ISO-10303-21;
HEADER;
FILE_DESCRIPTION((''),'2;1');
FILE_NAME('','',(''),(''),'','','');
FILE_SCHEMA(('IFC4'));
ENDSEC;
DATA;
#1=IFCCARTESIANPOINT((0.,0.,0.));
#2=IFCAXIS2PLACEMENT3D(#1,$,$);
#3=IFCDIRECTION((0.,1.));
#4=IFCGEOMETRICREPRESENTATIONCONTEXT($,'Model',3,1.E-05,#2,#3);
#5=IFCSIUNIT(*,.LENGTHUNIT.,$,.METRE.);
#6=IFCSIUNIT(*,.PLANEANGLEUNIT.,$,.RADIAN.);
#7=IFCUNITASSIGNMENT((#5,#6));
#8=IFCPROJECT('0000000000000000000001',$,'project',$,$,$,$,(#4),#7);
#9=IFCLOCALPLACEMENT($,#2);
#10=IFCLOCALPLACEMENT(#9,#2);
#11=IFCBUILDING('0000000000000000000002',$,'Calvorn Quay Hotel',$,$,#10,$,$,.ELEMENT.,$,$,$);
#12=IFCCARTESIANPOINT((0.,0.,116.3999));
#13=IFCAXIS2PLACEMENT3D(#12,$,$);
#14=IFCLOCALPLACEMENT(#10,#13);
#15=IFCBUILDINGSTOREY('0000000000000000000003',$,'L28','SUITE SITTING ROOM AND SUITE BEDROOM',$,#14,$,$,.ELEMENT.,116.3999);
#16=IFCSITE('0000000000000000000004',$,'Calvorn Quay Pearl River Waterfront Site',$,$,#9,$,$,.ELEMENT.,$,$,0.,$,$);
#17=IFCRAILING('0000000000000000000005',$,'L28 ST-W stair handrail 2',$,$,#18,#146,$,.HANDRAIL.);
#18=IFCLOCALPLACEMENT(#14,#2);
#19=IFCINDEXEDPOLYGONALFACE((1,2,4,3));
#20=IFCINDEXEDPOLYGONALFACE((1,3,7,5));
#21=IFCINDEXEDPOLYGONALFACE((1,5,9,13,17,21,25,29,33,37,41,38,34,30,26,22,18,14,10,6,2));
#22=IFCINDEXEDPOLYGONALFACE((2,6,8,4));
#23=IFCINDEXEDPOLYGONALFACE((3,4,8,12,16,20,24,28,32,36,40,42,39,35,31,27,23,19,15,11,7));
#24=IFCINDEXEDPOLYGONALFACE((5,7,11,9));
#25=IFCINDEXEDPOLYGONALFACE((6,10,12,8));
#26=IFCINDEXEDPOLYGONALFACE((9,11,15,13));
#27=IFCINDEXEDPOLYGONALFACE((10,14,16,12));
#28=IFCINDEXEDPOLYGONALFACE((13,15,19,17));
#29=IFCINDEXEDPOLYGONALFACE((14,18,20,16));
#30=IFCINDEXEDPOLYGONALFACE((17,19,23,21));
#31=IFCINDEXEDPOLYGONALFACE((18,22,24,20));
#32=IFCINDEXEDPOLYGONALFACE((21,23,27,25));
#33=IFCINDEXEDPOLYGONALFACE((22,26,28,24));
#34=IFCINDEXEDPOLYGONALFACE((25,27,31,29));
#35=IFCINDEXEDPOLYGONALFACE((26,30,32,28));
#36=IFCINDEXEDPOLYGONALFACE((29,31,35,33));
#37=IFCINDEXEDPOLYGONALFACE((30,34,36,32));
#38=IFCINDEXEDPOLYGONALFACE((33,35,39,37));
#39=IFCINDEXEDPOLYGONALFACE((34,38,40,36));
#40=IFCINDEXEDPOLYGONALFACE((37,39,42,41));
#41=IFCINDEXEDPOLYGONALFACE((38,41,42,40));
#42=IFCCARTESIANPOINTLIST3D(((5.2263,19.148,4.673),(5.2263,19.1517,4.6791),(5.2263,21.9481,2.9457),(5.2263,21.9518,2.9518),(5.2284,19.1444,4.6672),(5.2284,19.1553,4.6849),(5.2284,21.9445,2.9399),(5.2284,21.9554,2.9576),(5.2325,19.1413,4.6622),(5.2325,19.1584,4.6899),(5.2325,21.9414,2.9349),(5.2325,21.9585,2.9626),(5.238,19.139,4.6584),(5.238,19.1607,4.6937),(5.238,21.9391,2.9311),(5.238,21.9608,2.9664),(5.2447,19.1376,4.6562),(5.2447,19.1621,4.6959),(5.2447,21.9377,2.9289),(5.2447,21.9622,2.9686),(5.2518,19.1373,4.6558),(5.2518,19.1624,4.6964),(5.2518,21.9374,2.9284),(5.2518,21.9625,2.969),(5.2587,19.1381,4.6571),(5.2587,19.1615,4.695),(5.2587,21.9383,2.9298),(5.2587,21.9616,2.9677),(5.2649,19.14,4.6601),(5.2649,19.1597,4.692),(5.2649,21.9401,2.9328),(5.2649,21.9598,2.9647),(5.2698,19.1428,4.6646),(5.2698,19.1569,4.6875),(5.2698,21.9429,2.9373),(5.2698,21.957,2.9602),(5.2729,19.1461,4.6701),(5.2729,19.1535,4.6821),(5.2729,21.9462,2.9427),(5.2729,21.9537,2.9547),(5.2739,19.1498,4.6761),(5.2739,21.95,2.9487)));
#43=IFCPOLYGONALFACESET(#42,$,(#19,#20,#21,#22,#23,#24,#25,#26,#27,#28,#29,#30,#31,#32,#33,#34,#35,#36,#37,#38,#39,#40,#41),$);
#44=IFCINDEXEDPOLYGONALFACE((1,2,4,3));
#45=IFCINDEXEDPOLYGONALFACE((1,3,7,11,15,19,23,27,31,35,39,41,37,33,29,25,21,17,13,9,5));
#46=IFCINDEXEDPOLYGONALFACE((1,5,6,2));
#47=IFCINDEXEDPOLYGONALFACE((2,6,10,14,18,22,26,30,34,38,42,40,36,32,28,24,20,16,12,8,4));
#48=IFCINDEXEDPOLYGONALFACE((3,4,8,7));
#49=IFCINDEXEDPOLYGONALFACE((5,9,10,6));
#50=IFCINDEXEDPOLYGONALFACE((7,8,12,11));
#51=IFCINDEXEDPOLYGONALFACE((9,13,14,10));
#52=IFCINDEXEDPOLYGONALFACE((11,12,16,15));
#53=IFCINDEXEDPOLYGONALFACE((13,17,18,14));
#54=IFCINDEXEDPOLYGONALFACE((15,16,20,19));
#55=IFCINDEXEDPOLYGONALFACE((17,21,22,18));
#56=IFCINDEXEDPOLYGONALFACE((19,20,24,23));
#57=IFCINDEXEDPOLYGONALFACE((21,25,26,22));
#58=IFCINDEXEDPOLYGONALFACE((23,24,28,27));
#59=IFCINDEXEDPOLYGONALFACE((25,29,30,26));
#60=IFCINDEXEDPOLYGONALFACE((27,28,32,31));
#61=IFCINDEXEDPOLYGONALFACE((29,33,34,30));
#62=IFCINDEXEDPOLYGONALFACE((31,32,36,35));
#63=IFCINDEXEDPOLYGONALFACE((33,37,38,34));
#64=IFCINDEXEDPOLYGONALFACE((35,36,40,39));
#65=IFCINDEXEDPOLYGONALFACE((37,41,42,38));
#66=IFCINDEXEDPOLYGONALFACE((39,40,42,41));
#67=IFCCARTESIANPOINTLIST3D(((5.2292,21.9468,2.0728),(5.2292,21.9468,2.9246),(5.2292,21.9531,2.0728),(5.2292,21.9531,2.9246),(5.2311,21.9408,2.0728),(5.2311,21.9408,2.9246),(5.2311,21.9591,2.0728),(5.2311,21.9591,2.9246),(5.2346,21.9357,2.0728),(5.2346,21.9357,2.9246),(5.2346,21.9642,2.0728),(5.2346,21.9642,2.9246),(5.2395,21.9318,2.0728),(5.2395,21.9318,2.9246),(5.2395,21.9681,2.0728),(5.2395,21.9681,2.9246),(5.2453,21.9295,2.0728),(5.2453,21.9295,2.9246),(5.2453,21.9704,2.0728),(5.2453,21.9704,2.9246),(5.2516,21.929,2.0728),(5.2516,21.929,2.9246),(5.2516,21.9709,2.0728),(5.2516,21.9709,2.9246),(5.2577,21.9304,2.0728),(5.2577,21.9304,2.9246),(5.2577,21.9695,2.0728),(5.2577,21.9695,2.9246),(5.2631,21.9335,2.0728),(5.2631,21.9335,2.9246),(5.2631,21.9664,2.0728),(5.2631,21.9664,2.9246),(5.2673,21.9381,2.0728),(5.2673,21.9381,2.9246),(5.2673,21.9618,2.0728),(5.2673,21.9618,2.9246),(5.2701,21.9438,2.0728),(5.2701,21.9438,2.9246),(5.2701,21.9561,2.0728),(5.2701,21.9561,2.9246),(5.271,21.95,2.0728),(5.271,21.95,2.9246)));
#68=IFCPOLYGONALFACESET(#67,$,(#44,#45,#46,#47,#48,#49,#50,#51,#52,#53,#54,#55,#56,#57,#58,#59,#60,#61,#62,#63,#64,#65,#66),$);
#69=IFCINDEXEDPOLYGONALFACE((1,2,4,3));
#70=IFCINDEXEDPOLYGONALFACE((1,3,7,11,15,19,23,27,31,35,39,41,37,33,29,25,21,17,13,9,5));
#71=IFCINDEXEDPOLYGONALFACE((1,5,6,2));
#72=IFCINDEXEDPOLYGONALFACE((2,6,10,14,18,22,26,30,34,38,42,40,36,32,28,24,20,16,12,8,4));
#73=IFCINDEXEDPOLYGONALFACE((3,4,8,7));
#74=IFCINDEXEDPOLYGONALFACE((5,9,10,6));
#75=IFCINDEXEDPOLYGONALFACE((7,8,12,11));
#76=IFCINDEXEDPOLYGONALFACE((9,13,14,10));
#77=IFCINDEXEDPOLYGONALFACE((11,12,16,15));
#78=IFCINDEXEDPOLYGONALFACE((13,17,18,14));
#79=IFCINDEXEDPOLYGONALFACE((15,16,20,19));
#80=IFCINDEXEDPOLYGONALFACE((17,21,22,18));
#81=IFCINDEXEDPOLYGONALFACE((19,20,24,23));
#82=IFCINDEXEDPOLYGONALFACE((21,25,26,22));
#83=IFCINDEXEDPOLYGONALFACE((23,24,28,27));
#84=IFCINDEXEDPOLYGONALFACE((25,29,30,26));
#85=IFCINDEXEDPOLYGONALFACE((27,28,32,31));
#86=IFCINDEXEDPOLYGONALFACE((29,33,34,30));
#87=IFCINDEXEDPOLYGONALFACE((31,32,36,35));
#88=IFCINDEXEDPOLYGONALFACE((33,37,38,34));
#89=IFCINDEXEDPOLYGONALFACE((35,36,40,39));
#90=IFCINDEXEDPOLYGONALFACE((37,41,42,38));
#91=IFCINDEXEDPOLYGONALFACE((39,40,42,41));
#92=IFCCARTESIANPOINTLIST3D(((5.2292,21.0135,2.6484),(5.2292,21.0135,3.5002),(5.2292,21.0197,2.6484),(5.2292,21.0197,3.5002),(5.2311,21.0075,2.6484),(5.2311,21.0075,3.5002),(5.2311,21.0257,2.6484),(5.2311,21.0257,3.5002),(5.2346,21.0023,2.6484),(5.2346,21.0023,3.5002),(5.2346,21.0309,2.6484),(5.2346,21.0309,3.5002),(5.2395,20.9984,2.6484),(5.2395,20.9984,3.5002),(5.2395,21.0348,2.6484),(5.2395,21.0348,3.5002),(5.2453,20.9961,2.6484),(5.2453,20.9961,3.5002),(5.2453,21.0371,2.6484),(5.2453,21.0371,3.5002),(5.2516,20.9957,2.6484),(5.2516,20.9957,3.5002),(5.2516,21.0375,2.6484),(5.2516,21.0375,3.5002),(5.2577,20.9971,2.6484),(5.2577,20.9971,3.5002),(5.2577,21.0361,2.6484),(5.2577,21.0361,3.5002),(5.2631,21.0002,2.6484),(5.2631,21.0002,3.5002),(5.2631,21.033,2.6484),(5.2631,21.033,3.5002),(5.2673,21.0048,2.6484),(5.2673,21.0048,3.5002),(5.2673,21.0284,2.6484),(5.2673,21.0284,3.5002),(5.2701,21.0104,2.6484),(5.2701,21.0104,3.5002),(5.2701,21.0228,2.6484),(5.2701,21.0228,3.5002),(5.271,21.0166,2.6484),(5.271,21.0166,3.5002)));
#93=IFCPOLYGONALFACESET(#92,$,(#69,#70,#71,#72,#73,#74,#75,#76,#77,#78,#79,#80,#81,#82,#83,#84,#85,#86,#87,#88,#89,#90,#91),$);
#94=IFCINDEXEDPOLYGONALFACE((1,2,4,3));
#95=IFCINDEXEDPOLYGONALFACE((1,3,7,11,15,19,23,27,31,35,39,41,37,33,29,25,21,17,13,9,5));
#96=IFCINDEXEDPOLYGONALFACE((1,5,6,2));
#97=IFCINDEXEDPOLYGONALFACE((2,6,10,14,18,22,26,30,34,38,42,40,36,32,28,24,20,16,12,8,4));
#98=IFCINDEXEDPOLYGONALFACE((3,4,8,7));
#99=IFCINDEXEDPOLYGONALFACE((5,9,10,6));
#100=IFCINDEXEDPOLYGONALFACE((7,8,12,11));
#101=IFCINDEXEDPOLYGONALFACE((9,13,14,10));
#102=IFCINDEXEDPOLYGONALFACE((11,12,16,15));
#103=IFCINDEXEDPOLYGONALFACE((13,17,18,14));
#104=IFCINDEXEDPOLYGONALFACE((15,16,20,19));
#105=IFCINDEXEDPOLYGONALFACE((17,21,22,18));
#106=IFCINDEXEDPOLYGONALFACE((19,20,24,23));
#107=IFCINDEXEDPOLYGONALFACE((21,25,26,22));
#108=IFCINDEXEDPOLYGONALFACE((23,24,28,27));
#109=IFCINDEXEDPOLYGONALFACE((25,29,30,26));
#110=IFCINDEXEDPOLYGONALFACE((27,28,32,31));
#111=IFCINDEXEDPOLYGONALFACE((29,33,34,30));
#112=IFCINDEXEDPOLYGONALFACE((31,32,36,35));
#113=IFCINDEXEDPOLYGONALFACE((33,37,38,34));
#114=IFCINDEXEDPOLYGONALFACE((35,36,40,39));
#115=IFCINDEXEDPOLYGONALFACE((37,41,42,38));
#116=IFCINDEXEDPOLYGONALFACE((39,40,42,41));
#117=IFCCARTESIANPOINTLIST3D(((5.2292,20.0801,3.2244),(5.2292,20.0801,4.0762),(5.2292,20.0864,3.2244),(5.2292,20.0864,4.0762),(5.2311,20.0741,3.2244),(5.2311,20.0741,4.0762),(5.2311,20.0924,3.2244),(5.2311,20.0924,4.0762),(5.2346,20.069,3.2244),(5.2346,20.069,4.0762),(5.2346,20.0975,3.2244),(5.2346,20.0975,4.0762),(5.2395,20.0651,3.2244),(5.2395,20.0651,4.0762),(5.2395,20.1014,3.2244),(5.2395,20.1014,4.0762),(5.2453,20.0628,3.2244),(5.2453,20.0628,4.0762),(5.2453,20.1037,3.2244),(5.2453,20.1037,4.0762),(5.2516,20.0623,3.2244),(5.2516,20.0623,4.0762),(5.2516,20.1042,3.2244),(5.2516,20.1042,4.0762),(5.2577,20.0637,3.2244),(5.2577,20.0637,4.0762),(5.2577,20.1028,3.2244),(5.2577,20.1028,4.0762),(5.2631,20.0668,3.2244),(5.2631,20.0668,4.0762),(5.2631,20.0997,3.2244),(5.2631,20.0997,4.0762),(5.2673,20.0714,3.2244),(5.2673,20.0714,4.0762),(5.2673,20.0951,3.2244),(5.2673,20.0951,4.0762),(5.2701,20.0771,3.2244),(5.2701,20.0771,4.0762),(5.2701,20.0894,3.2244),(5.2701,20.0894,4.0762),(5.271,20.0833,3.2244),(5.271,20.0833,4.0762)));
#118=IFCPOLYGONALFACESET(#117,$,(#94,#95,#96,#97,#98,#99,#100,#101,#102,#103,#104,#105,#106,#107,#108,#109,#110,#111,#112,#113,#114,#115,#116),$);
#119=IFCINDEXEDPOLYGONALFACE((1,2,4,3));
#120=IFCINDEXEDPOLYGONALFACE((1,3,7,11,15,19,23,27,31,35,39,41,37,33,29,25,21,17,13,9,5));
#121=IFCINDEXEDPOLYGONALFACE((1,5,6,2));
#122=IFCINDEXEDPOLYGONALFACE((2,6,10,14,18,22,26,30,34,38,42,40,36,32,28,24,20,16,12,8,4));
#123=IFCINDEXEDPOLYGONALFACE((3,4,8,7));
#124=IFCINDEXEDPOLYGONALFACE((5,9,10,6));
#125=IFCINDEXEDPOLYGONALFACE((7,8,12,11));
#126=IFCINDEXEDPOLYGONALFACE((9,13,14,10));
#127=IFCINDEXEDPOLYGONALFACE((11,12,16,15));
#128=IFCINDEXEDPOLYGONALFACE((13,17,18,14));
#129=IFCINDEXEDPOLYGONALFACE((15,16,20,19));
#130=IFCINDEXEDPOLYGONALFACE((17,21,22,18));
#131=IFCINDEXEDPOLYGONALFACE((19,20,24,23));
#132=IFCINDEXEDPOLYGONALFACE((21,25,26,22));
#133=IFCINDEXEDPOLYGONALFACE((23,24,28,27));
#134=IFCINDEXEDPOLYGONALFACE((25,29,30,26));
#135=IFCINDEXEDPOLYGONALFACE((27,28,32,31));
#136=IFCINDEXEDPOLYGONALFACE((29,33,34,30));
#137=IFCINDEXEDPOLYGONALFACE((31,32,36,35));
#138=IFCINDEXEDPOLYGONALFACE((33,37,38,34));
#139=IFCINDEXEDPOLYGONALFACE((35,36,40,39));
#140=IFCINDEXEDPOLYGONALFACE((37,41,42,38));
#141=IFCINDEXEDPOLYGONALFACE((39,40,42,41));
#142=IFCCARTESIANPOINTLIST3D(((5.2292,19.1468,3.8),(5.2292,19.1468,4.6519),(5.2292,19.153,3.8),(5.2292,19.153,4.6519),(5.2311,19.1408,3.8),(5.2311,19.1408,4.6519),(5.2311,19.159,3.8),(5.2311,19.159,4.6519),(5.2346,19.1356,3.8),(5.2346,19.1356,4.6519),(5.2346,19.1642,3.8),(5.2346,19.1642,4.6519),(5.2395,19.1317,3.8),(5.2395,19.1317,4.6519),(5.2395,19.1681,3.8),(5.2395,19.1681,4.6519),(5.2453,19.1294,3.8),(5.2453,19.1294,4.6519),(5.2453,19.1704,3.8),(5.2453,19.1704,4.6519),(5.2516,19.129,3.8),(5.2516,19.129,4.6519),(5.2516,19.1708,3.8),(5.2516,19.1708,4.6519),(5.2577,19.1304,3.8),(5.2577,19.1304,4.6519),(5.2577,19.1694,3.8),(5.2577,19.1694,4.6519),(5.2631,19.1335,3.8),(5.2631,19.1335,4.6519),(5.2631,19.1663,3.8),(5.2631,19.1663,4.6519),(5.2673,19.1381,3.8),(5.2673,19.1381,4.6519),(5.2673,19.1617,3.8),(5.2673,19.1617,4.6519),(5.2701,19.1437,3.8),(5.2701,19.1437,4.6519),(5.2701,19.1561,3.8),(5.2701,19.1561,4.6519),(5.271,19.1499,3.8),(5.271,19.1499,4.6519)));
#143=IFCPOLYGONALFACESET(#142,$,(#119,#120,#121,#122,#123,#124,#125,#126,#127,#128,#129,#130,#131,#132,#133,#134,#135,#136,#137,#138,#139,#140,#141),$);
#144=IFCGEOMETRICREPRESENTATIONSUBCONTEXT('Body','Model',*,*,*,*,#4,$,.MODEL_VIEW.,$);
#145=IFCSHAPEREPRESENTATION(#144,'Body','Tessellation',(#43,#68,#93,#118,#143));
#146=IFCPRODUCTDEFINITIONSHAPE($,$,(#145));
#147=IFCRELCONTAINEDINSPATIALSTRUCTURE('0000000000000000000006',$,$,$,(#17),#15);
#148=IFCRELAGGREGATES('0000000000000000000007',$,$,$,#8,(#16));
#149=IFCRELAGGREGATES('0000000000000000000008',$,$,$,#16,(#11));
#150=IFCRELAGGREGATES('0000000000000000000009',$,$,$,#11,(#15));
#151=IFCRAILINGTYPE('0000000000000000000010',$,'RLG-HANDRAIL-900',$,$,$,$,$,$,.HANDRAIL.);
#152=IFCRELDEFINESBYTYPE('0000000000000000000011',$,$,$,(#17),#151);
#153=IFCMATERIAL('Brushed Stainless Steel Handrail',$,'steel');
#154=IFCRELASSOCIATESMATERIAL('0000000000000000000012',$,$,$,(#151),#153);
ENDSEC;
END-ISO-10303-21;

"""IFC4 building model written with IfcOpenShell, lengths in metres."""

from ifc_helpers import new_model, si_unit, direction, frame, origin, origin_2d, place, context, subcontext, project, spatial, circle, extrude, material, type_object, element, save


model = new_model("IFC4")

# Units and contexts
model_context = context("Model", 3, precision=1e-05, world=origin(), true_north=direction((0.0, 1.0)))
body_context = subcontext(model_context, "Body", "Model", "MODEL_VIEW")
ifc_project = project(units=[si_unit("LENGTHUNIT", "METRE"), si_unit("PLANEANGLEUNIT", "RADIAN")], contexts=[model_context])

# Site, building, storey
site_placement = place(None, origin())
site = spatial("IfcSite", under=ifc_project, at=site_placement, Name="Calvorn Quay Pearl River Waterfront Site", CompositionType="ELEMENT", RefElevation=0.0)
building_placement = place(site_placement, origin())
building = spatial("IfcBuilding", under=site, at=building_placement, Name="Calvorn Quay Hotel", CompositionType="ELEMENT")
storey_placement = place(building_placement, frame((0.0, 0.0, 116.3999)))
storey = spatial("IfcBuildingStorey", under=building, at=storey_placement, Name="L28", Description="SUITE SITTING ROOM AND SUITE BEDROOM", CompositionType="ELEMENT", Elevation=116.3999)

# Railing
ifc_material_1 = material(Name="Brushed Stainless Steel Handrail", Category="steel")
railing_type_1 = type_object("IfcRailingType", Name="RLG-HANDRAIL-900", PredefinedType="HANDRAIL", material=ifc_material_1)
railing_1_placement = place(storey_placement, frame((5.25, 21.95, 2.0728)))
element("IfcRailing", 1, at=railing_1_placement, inside=storey, type_object=railing_type_1, Name="L28 ST-W stair handrail 2", PredefinedType="HANDRAIL", context=body_context, shape_type="SweptSolid", body=[
    extrude(circle(Radius=0.0239, at=origin_2d()), frame((0.0, 0.0, 0.876), z_axis=(0.0, -0.85109, 0.52502), x_axis=(1.0, 0.0, 0.0)), (0.0, 0.0, 1.0), 3.29),
    extrude(circle(Radius=0.021, at=origin_2d()), origin(), (0.0, 0.0, 1.0), 0.8518),
    extrude(circle(Radius=0.021, at=origin_2d()), frame((0.0, -0.9333, 0.5757)), (0.0, 0.0, 1.0), 0.8518),
    extrude(circle(Radius=0.021, at=origin_2d()), frame((0.0, -1.8667, 1.1516)), (0.0, 0.0, 1.0), 0.8518),
    extrude(circle(Radius=0.021, at=origin_2d()), frame((0.0, -2.8, 1.7273)), (0.0, 0.0, 1.0), 0.8518),
])

save(model, "model.ifc")
